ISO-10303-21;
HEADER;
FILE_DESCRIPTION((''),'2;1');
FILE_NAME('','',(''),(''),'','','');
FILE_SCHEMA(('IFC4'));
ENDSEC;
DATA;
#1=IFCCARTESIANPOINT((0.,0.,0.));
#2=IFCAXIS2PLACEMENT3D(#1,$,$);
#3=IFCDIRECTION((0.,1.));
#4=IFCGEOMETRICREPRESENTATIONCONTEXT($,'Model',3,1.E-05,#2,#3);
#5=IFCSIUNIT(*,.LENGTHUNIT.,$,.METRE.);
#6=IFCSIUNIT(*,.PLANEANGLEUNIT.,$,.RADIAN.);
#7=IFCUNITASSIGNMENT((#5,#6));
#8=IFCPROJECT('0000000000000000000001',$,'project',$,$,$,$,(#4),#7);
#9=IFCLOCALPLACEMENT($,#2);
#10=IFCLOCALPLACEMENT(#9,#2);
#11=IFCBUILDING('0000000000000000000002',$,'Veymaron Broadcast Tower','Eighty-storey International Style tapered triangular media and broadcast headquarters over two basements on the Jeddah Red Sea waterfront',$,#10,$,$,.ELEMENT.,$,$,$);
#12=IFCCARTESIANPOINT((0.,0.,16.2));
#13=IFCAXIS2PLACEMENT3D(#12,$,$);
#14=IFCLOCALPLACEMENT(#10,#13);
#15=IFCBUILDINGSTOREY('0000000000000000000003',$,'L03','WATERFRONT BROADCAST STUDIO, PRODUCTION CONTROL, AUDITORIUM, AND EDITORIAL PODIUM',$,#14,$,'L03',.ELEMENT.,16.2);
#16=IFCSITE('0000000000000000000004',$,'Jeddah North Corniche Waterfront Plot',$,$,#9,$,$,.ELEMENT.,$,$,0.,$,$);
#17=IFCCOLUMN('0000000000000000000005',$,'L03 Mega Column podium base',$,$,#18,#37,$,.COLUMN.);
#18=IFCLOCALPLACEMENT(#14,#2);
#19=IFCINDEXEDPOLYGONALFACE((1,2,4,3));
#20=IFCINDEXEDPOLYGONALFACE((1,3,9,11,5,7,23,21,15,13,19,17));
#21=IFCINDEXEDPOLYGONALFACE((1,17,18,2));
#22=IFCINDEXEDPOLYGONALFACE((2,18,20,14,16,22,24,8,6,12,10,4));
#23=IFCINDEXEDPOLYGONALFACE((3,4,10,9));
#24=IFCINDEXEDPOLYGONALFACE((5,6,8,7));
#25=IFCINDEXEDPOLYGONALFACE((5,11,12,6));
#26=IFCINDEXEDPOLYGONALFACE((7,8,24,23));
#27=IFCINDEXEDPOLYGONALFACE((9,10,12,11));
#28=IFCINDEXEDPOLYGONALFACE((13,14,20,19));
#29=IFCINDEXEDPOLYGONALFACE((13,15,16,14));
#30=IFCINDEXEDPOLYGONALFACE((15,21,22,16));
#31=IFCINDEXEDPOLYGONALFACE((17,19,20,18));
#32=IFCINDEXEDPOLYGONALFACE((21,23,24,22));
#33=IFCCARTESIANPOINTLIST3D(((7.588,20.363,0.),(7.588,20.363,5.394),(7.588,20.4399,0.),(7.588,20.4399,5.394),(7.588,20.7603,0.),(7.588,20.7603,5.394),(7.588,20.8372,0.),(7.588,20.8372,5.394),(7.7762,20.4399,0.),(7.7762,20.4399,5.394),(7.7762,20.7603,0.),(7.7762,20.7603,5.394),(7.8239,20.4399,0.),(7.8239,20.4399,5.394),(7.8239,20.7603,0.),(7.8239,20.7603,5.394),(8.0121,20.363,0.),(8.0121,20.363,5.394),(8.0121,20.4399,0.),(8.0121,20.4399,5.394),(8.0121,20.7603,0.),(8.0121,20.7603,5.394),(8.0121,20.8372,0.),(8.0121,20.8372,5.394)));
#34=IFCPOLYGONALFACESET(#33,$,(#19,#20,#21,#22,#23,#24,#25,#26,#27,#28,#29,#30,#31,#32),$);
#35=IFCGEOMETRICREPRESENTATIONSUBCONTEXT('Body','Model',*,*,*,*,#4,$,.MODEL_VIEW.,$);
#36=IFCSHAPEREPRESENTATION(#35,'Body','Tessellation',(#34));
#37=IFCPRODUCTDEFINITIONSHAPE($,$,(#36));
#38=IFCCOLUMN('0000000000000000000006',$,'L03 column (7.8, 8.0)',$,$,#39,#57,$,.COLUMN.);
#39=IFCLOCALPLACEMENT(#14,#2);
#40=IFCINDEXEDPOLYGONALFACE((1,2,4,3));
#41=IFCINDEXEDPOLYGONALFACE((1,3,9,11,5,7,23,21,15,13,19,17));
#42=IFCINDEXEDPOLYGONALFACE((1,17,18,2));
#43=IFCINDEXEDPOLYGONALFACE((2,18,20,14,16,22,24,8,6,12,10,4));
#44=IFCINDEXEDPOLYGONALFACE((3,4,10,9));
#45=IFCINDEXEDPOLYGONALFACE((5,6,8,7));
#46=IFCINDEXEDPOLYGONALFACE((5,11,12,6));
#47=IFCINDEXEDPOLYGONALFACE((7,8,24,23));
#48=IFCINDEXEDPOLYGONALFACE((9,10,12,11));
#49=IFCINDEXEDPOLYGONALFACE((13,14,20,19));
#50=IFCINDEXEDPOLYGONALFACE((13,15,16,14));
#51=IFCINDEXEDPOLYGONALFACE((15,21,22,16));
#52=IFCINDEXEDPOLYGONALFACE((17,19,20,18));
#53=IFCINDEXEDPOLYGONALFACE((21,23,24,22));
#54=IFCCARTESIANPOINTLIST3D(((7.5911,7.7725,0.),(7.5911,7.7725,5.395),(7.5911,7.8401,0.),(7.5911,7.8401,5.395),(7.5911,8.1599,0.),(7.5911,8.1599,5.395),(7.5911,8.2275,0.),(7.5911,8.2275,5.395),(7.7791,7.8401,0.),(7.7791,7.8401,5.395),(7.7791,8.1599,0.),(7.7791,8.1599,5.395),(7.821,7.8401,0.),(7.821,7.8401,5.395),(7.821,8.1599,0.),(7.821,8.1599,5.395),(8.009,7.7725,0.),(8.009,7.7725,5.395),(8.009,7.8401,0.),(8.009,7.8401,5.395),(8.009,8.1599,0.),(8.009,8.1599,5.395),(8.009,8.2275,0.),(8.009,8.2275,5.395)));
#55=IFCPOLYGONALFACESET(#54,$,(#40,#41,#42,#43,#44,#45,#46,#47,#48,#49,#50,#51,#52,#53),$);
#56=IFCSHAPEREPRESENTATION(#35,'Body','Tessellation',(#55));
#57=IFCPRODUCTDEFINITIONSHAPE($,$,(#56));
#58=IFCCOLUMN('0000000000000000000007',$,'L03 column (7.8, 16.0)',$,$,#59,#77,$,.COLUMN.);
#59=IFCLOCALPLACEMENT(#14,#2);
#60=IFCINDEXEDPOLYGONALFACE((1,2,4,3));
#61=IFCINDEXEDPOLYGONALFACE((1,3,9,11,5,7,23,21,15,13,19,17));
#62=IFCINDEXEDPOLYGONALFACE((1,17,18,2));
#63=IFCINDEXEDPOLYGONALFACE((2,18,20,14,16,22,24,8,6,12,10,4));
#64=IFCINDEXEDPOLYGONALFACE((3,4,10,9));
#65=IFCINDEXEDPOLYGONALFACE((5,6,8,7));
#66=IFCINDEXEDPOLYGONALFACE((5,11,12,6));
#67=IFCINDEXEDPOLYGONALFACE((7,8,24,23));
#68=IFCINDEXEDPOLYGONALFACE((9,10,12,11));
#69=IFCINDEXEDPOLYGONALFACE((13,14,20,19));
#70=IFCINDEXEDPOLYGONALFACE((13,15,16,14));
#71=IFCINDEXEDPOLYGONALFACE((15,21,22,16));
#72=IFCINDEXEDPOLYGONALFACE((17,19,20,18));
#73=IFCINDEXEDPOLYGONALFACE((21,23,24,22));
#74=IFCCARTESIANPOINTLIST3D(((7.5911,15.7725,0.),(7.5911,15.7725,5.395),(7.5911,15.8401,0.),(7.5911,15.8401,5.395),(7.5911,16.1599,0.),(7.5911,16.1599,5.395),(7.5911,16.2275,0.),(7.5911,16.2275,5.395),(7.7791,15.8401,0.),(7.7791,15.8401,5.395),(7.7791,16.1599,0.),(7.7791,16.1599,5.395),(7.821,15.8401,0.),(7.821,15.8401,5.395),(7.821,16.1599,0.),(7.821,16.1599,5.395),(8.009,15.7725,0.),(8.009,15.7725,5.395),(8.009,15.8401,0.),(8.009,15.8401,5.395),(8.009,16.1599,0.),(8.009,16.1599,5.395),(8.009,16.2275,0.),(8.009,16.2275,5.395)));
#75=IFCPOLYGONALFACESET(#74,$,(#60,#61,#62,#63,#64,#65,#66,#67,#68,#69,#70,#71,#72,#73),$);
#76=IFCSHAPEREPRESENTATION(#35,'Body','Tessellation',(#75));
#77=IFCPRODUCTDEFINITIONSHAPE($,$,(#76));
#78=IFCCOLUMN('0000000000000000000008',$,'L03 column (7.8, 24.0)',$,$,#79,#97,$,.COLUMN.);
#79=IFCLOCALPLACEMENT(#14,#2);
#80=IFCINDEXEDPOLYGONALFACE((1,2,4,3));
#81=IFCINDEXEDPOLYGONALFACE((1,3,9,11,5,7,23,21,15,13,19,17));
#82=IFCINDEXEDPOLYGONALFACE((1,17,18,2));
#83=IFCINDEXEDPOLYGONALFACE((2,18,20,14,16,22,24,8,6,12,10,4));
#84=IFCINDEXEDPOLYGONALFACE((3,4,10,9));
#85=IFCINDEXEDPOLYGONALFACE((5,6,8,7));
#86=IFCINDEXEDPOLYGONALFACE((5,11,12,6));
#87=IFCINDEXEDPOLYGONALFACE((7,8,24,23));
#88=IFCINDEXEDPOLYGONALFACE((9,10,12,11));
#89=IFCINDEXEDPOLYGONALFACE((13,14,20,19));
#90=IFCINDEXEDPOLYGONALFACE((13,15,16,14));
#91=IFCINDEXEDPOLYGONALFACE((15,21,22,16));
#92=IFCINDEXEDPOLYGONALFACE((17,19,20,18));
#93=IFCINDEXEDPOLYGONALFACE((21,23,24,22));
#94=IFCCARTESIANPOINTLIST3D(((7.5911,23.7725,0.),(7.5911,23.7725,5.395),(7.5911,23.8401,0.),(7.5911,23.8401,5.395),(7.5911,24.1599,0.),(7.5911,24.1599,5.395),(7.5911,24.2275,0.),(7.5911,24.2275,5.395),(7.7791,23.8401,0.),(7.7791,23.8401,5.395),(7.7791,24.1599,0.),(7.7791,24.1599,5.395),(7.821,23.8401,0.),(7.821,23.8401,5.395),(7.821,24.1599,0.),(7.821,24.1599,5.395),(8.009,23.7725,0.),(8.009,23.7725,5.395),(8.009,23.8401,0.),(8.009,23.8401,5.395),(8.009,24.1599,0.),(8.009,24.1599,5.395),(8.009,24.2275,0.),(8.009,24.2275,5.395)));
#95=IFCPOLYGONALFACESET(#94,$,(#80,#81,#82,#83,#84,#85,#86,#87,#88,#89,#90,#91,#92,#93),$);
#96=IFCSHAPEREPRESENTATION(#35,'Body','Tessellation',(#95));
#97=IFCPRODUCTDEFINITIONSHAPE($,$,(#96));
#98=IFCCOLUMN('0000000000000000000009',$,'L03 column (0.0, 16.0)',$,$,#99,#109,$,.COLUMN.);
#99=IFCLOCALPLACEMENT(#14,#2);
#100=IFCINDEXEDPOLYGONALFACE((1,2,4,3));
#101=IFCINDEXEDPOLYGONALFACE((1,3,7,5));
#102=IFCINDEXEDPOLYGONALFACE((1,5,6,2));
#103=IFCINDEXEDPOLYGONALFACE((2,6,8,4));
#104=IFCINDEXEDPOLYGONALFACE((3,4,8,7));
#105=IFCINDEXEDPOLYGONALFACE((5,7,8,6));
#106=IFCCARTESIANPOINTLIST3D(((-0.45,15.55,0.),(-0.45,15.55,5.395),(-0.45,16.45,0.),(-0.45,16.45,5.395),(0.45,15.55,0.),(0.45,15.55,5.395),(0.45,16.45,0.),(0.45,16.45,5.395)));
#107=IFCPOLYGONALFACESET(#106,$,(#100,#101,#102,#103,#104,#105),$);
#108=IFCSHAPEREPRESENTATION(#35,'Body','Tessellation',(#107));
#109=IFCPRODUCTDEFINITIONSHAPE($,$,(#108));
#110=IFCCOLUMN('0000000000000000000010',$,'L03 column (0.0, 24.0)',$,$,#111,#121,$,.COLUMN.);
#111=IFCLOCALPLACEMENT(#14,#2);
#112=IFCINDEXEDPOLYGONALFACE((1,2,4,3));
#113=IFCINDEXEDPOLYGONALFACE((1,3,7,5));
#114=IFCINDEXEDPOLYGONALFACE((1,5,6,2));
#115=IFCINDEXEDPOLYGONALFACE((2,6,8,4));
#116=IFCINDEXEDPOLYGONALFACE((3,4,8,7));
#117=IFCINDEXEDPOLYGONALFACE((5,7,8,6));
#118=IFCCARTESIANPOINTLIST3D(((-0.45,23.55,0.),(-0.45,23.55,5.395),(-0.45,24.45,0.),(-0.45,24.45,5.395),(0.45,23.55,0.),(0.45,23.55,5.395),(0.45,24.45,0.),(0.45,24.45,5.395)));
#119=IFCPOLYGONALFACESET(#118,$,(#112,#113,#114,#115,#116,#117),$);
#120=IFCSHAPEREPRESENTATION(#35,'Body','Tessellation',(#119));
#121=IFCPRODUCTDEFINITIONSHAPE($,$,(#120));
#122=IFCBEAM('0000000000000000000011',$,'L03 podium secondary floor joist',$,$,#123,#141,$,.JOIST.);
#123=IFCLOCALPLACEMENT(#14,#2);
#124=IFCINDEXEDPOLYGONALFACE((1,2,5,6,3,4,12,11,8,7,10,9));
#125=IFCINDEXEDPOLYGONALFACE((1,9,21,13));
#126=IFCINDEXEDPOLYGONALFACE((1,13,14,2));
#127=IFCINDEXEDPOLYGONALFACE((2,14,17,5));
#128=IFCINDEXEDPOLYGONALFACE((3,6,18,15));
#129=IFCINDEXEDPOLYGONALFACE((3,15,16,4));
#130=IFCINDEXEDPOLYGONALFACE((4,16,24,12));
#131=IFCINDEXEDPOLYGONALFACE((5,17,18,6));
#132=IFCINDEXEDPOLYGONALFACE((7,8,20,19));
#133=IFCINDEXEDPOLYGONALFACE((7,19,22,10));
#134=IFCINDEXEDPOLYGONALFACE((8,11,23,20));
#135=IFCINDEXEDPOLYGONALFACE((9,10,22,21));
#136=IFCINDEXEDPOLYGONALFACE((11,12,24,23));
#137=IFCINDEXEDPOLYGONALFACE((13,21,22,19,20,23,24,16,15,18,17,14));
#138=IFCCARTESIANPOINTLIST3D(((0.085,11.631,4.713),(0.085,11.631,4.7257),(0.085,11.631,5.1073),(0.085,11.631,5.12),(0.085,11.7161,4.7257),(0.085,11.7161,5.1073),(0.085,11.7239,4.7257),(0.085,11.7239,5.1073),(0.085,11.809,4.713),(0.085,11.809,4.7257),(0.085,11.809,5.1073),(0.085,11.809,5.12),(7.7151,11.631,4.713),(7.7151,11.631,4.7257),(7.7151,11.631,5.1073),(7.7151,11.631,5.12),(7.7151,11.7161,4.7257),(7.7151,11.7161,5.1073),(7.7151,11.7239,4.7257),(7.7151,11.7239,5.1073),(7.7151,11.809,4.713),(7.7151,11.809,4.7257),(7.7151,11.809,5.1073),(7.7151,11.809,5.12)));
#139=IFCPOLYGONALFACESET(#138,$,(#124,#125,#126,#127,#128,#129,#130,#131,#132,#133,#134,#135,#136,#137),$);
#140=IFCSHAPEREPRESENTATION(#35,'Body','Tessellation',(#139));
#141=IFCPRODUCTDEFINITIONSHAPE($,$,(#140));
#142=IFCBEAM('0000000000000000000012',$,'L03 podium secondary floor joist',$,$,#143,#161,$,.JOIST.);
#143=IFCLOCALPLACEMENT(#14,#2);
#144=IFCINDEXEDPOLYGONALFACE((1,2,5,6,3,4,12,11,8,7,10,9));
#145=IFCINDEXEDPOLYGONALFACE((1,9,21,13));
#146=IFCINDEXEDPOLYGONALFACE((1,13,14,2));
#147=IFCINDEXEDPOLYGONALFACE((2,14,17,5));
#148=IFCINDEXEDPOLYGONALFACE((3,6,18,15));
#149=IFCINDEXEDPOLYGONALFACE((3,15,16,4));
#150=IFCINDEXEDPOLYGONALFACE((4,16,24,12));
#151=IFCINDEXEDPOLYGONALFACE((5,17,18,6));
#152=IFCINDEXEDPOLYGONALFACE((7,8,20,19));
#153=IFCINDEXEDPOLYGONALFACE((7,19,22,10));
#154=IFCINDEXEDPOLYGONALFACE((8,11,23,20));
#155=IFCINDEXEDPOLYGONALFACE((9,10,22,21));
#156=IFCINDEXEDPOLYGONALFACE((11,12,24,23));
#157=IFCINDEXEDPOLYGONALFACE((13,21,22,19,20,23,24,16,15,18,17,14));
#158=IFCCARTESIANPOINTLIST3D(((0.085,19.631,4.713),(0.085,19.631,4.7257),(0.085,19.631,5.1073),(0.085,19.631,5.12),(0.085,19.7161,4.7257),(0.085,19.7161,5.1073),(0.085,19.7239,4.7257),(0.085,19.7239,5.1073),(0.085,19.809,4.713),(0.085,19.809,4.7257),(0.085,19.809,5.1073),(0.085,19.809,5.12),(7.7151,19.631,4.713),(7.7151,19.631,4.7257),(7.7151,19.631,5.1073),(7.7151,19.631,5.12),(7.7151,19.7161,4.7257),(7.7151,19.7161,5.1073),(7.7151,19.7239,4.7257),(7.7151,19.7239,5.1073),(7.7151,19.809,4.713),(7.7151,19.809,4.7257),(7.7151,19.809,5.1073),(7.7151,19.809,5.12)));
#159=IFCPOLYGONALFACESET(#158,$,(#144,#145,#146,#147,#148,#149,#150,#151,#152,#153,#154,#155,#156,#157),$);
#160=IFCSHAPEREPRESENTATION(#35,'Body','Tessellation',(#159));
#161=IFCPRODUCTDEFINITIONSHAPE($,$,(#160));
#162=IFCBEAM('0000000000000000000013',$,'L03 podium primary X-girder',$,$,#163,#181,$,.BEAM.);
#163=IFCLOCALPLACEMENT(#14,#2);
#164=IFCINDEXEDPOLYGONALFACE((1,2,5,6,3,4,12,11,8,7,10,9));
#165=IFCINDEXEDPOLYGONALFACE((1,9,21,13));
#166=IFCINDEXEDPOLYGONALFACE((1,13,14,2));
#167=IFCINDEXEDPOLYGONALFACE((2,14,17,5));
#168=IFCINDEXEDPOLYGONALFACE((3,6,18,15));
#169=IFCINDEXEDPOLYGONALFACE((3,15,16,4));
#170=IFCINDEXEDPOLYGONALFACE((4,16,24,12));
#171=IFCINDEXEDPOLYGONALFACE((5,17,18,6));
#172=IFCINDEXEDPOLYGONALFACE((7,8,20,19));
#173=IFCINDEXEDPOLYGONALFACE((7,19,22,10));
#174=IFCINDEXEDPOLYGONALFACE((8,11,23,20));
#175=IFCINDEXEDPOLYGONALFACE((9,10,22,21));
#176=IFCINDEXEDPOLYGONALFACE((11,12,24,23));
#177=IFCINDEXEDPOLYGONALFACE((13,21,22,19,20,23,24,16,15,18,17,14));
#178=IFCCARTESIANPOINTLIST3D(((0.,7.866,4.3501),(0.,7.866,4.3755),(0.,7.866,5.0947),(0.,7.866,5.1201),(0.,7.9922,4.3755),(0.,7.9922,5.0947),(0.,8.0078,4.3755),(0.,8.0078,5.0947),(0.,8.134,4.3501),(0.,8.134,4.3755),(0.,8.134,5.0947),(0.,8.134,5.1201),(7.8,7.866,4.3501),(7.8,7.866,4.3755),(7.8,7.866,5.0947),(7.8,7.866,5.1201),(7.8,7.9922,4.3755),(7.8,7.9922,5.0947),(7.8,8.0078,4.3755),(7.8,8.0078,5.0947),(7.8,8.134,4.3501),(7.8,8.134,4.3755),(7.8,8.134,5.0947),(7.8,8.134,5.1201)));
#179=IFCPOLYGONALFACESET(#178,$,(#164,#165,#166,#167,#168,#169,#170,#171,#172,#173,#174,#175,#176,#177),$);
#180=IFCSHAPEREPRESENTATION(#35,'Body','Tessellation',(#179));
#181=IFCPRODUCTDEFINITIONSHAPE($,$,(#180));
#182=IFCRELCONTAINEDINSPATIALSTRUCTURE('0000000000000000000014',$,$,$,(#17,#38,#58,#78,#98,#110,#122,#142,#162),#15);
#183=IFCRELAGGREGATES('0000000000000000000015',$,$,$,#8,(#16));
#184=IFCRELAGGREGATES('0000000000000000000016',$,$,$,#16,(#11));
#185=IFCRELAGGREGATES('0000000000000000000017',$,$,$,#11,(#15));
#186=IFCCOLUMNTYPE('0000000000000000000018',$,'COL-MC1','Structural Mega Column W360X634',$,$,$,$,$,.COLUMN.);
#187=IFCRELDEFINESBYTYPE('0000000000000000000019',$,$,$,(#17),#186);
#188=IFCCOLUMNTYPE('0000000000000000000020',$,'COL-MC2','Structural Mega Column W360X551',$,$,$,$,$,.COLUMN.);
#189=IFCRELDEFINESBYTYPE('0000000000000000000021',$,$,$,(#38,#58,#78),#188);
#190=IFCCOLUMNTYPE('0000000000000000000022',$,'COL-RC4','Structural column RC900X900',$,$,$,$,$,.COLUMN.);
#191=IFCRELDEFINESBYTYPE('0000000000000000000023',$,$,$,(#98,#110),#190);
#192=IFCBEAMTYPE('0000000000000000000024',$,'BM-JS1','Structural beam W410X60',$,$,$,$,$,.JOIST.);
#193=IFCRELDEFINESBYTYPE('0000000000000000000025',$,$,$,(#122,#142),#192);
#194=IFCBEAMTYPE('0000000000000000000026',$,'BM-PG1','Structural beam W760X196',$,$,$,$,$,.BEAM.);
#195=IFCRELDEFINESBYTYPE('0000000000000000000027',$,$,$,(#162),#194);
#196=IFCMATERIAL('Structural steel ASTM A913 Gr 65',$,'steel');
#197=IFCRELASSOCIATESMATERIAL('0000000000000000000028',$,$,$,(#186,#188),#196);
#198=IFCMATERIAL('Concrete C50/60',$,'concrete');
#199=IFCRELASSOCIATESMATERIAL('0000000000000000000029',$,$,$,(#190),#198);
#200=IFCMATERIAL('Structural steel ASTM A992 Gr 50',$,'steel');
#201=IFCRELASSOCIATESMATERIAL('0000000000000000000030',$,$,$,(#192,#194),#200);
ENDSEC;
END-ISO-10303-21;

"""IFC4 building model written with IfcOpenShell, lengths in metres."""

from ifc_helpers import new_model, si_unit, direction, frame, origin, origin_2d, place, context, subcontext, project, spatial, rectangle, i_section, extrude, material, material_profile, profile_set, type_object, element, save


model = new_model("IFC4")

# Units and contexts
model_context = context("Model", 3, precision=1e-05, world=origin(), true_north=direction((0.0, 1.0)))
body_context = subcontext(model_context, "Body", "Model", "MODEL_VIEW")
ifc_project = project(units=[si_unit("LENGTHUNIT", "METRE"), si_unit("PLANEANGLEUNIT", "RADIAN")], contexts=[model_context])

# Site, building, storey
site_placement = place(None, origin())
site = spatial("IfcSite", under=ifc_project, at=site_placement, Name="Jeddah North Corniche Waterfront Plot", CompositionType="ELEMENT", RefElevation=0.0)
building_placement = place(site_placement, origin())
building = spatial("IfcBuilding", under=site, at=building_placement, Name="Veymaron Broadcast Tower", Description="Eighty-storey International Style tapered triangular media and broadcast headquarters over two basements on the Jeddah Red Sea waterfront", CompositionType="ELEMENT")
storey_placement = place(building_placement, frame((0.0, 0.0, 16.2)))
storey = spatial("IfcBuildingStorey", under=building, at=storey_placement, Name="L03", Description="WATERFRONT BROADCAST STUDIO, PRODUCTION CONTROL, AUDITORIUM, AND EDITORIAL PODIUM", LongName="L03", CompositionType="ELEMENT", Elevation=16.2)

# Columns
ifc_material_1 = material(Name="Structural steel ASTM A913 Gr 65", Category="steel")
ifc_material_profile_1 = material_profile(ifc_material_1, i_section(OverallWidth=0.4241, OverallDepth=0.4741, WebThickness=0.0476, FlangeThickness=0.0769, at=origin_2d()), Name="W360X634")
ifc_profile_set_1 = profile_set([ifc_material_profile_1], Name="Structural steel ASTM A913 Gr 65")
column_type_1 = type_object("IfcColumnType", Name="COL-MC1", Description="Structural Mega Column W360X634", PredefinedType="COLUMN", material=ifc_profile_set_1)
column_placement = place(storey_placement, frame((7.8, 20.6001, 0.0), z_axis=(0.0, 0.0, 1.0), x_axis=(1.0, 0.0, 0.0)))
element("IfcColumn", 1, at=column_placement, inside=storey, type_object=column_type_1, Name="L03 Mega Column podium base", PredefinedType="COLUMN", context=body_context, shape_type="SweptSolid", body=[
    extrude(i_section(OverallWidth=0.4241, OverallDepth=0.4741, WebThickness=0.0476, FlangeThickness=0.0769, at=origin_2d()), origin(), (0.0, 0.0, 1.0), 5.394),
])
ifc_material_profile_2 = material_profile(ifc_material_1, i_section(OverallWidth=0.418, OverallDepth=0.4551, WebThickness=0.042, FlangeThickness=0.0676, at=origin_2d()), Name="W360X551")
ifc_profile_set_2 = profile_set([ifc_material_profile_2], Name="Structural steel ASTM A913 Gr 65")
column_type_2 = type_object("IfcColumnType", Name="COL-MC2", Description="Structural Mega Column W360X551", PredefinedType="COLUMN", material=ifc_profile_set_2)
for number, where, z_axis, x_axis, name in (
    (2, (7.8, 8.0, 0.0), (0.0, 0.0, 1.0), (1.0, 0.0, 0.0), "L03 column (7.8, 8.0)"),
    (3, (7.8, 16.0, 0.0), (0.0, 0.0, 1.0), (1.0, 0.0, 0.0), "L03 column (7.8, 16.0)"),
    (4, (7.8, 24.0, 0.0), (0.0, 0.0, 1.0), (1.0, 0.0, 0.0), "L03 column (7.8, 24.0)"),
):
    element("IfcColumn", number, at=place(storey_placement, frame(where, z_axis=z_axis, x_axis=x_axis)), inside=storey, type_object=column_type_2, Name=name, PredefinedType="COLUMN", context=body_context, shape_type="SweptSolid", body=[
        extrude(i_section(OverallWidth=0.418, OverallDepth=0.4551, WebThickness=0.042, FlangeThickness=0.0676, at=origin_2d()), origin(), (0.0, 0.0, 1.0), 5.395),
    ])
ifc_material_2 = material(Name="Concrete C50/60", Category="concrete")
ifc_material_profile_3 = material_profile(ifc_material_2, rectangle(XDim=0.8999, YDim=0.8999, at=origin_2d()), Name="RC900X900")
ifc_profile_set_3 = profile_set([ifc_material_profile_3], Name="Concrete C50/60")
column_type_3 = type_object("IfcColumnType", Name="COL-RC4", Description="Structural column RC900X900", PredefinedType="COLUMN", material=ifc_profile_set_3)
for number, where, z_axis, x_axis, name in (
    (5, (0.0, 16.0, 0.0), (0.0, 0.0, 1.0), (1.0, 0.0, 0.0), "L03 column (0.0, 16.0)"),
    (6, (0.0, 24.0, 0.0), (0.0, 0.0, 1.0), (1.0, 0.0, 0.0), "L03 column (0.0, 24.0)"),
):
    element("IfcColumn", number, at=place(storey_placement, frame(where, z_axis=z_axis, x_axis=x_axis)), inside=storey, type_object=column_type_3, Name=name, PredefinedType="COLUMN", context=body_context, shape_type="SweptSolid", body=[
        extrude(rectangle(XDim=0.8999, YDim=0.8999, at=origin_2d()), origin(), (0.0, 0.0, 1.0), 5.395),
    ])

# Beams
ifc_material_3 = material(Name="Structural steel ASTM A992 Gr 50", Category="steel")
ifc_material_profile_4 = material_profile(ifc_material_3, i_section(OverallWidth=0.178, OverallDepth=0.407, WebThickness=0.0078, FlangeThickness=0.0127, at=origin_2d()), Name="W410X60")
ifc_profile_set_4 = profile_set([ifc_material_profile_4], Name="Structural steel ASTM A992 Gr 50")
beam_type_1 = type_object("IfcBeamType", Name="BM-JS1", Description="Structural beam W410X60", PredefinedType="JOIST", material=ifc_profile_set_4)
for number, where, z_axis, x_axis, name in (
    (7, (0.085, 11.72, 4.9165), (1.0, 0.0, 0.0), (0.0, 1.0, 0.0), "L03 podium secondary floor joist"),
    (8, (0.085, 19.72, 4.9165), (1.0, 0.0, 0.0), (0.0, 1.0, 0.0), "L03 podium secondary floor joist"),
):
    element("IfcBeam", number, at=place(storey_placement, frame(where, z_axis=z_axis, x_axis=x_axis)), inside=storey, type_object=beam_type_1, Name=name, PredefinedType="JOIST", context=body_context, shape_type="SweptSolid", body=[
        extrude(i_section(OverallWidth=0.178, OverallDepth=0.407, WebThickness=0.0078, FlangeThickness=0.0127, at=origin_2d()), origin(), (0.0, 0.0, 1.0), 7.6301),
    ])
ifc_material_profile_5 = material_profile(ifc_material_3, i_section(OverallWidth=0.2681, OverallDepth=0.77, WebThickness=0.0156, FlangeThickness=0.0254, at=origin_2d()), Name="W760X196")
ifc_profile_set_5 = profile_set([ifc_material_profile_5], Name="Structural steel ASTM A992 Gr 50")
beam_type_2 = type_object("IfcBeamType", Name="BM-PG1", Description="Structural beam W760X196", PredefinedType="BEAM", material=ifc_profile_set_5)
for number, where, z_axis, x_axis, name in (
    (9, (0.0, 8.0, 4.7351), (1.0, 0.0, 0.0), (0.0, 1.0, 0.0), "L03 podium primary X-girder"),
):
    element("IfcBeam", number, at=place(storey_placement, frame(where, z_axis=z_axis, x_axis=x_axis)), inside=storey, type_object=beam_type_2, Name=name, PredefinedType="BEAM", context=body_context, shape_type="SweptSolid", body=[
        extrude(i_section(OverallWidth=0.2681, OverallDepth=0.77, WebThickness=0.0156, FlangeThickness=0.0254, at=origin_2d()), origin(), (0.0, 0.0, 1.0), 7.8),
    ])

save(model, "model.ifc")
